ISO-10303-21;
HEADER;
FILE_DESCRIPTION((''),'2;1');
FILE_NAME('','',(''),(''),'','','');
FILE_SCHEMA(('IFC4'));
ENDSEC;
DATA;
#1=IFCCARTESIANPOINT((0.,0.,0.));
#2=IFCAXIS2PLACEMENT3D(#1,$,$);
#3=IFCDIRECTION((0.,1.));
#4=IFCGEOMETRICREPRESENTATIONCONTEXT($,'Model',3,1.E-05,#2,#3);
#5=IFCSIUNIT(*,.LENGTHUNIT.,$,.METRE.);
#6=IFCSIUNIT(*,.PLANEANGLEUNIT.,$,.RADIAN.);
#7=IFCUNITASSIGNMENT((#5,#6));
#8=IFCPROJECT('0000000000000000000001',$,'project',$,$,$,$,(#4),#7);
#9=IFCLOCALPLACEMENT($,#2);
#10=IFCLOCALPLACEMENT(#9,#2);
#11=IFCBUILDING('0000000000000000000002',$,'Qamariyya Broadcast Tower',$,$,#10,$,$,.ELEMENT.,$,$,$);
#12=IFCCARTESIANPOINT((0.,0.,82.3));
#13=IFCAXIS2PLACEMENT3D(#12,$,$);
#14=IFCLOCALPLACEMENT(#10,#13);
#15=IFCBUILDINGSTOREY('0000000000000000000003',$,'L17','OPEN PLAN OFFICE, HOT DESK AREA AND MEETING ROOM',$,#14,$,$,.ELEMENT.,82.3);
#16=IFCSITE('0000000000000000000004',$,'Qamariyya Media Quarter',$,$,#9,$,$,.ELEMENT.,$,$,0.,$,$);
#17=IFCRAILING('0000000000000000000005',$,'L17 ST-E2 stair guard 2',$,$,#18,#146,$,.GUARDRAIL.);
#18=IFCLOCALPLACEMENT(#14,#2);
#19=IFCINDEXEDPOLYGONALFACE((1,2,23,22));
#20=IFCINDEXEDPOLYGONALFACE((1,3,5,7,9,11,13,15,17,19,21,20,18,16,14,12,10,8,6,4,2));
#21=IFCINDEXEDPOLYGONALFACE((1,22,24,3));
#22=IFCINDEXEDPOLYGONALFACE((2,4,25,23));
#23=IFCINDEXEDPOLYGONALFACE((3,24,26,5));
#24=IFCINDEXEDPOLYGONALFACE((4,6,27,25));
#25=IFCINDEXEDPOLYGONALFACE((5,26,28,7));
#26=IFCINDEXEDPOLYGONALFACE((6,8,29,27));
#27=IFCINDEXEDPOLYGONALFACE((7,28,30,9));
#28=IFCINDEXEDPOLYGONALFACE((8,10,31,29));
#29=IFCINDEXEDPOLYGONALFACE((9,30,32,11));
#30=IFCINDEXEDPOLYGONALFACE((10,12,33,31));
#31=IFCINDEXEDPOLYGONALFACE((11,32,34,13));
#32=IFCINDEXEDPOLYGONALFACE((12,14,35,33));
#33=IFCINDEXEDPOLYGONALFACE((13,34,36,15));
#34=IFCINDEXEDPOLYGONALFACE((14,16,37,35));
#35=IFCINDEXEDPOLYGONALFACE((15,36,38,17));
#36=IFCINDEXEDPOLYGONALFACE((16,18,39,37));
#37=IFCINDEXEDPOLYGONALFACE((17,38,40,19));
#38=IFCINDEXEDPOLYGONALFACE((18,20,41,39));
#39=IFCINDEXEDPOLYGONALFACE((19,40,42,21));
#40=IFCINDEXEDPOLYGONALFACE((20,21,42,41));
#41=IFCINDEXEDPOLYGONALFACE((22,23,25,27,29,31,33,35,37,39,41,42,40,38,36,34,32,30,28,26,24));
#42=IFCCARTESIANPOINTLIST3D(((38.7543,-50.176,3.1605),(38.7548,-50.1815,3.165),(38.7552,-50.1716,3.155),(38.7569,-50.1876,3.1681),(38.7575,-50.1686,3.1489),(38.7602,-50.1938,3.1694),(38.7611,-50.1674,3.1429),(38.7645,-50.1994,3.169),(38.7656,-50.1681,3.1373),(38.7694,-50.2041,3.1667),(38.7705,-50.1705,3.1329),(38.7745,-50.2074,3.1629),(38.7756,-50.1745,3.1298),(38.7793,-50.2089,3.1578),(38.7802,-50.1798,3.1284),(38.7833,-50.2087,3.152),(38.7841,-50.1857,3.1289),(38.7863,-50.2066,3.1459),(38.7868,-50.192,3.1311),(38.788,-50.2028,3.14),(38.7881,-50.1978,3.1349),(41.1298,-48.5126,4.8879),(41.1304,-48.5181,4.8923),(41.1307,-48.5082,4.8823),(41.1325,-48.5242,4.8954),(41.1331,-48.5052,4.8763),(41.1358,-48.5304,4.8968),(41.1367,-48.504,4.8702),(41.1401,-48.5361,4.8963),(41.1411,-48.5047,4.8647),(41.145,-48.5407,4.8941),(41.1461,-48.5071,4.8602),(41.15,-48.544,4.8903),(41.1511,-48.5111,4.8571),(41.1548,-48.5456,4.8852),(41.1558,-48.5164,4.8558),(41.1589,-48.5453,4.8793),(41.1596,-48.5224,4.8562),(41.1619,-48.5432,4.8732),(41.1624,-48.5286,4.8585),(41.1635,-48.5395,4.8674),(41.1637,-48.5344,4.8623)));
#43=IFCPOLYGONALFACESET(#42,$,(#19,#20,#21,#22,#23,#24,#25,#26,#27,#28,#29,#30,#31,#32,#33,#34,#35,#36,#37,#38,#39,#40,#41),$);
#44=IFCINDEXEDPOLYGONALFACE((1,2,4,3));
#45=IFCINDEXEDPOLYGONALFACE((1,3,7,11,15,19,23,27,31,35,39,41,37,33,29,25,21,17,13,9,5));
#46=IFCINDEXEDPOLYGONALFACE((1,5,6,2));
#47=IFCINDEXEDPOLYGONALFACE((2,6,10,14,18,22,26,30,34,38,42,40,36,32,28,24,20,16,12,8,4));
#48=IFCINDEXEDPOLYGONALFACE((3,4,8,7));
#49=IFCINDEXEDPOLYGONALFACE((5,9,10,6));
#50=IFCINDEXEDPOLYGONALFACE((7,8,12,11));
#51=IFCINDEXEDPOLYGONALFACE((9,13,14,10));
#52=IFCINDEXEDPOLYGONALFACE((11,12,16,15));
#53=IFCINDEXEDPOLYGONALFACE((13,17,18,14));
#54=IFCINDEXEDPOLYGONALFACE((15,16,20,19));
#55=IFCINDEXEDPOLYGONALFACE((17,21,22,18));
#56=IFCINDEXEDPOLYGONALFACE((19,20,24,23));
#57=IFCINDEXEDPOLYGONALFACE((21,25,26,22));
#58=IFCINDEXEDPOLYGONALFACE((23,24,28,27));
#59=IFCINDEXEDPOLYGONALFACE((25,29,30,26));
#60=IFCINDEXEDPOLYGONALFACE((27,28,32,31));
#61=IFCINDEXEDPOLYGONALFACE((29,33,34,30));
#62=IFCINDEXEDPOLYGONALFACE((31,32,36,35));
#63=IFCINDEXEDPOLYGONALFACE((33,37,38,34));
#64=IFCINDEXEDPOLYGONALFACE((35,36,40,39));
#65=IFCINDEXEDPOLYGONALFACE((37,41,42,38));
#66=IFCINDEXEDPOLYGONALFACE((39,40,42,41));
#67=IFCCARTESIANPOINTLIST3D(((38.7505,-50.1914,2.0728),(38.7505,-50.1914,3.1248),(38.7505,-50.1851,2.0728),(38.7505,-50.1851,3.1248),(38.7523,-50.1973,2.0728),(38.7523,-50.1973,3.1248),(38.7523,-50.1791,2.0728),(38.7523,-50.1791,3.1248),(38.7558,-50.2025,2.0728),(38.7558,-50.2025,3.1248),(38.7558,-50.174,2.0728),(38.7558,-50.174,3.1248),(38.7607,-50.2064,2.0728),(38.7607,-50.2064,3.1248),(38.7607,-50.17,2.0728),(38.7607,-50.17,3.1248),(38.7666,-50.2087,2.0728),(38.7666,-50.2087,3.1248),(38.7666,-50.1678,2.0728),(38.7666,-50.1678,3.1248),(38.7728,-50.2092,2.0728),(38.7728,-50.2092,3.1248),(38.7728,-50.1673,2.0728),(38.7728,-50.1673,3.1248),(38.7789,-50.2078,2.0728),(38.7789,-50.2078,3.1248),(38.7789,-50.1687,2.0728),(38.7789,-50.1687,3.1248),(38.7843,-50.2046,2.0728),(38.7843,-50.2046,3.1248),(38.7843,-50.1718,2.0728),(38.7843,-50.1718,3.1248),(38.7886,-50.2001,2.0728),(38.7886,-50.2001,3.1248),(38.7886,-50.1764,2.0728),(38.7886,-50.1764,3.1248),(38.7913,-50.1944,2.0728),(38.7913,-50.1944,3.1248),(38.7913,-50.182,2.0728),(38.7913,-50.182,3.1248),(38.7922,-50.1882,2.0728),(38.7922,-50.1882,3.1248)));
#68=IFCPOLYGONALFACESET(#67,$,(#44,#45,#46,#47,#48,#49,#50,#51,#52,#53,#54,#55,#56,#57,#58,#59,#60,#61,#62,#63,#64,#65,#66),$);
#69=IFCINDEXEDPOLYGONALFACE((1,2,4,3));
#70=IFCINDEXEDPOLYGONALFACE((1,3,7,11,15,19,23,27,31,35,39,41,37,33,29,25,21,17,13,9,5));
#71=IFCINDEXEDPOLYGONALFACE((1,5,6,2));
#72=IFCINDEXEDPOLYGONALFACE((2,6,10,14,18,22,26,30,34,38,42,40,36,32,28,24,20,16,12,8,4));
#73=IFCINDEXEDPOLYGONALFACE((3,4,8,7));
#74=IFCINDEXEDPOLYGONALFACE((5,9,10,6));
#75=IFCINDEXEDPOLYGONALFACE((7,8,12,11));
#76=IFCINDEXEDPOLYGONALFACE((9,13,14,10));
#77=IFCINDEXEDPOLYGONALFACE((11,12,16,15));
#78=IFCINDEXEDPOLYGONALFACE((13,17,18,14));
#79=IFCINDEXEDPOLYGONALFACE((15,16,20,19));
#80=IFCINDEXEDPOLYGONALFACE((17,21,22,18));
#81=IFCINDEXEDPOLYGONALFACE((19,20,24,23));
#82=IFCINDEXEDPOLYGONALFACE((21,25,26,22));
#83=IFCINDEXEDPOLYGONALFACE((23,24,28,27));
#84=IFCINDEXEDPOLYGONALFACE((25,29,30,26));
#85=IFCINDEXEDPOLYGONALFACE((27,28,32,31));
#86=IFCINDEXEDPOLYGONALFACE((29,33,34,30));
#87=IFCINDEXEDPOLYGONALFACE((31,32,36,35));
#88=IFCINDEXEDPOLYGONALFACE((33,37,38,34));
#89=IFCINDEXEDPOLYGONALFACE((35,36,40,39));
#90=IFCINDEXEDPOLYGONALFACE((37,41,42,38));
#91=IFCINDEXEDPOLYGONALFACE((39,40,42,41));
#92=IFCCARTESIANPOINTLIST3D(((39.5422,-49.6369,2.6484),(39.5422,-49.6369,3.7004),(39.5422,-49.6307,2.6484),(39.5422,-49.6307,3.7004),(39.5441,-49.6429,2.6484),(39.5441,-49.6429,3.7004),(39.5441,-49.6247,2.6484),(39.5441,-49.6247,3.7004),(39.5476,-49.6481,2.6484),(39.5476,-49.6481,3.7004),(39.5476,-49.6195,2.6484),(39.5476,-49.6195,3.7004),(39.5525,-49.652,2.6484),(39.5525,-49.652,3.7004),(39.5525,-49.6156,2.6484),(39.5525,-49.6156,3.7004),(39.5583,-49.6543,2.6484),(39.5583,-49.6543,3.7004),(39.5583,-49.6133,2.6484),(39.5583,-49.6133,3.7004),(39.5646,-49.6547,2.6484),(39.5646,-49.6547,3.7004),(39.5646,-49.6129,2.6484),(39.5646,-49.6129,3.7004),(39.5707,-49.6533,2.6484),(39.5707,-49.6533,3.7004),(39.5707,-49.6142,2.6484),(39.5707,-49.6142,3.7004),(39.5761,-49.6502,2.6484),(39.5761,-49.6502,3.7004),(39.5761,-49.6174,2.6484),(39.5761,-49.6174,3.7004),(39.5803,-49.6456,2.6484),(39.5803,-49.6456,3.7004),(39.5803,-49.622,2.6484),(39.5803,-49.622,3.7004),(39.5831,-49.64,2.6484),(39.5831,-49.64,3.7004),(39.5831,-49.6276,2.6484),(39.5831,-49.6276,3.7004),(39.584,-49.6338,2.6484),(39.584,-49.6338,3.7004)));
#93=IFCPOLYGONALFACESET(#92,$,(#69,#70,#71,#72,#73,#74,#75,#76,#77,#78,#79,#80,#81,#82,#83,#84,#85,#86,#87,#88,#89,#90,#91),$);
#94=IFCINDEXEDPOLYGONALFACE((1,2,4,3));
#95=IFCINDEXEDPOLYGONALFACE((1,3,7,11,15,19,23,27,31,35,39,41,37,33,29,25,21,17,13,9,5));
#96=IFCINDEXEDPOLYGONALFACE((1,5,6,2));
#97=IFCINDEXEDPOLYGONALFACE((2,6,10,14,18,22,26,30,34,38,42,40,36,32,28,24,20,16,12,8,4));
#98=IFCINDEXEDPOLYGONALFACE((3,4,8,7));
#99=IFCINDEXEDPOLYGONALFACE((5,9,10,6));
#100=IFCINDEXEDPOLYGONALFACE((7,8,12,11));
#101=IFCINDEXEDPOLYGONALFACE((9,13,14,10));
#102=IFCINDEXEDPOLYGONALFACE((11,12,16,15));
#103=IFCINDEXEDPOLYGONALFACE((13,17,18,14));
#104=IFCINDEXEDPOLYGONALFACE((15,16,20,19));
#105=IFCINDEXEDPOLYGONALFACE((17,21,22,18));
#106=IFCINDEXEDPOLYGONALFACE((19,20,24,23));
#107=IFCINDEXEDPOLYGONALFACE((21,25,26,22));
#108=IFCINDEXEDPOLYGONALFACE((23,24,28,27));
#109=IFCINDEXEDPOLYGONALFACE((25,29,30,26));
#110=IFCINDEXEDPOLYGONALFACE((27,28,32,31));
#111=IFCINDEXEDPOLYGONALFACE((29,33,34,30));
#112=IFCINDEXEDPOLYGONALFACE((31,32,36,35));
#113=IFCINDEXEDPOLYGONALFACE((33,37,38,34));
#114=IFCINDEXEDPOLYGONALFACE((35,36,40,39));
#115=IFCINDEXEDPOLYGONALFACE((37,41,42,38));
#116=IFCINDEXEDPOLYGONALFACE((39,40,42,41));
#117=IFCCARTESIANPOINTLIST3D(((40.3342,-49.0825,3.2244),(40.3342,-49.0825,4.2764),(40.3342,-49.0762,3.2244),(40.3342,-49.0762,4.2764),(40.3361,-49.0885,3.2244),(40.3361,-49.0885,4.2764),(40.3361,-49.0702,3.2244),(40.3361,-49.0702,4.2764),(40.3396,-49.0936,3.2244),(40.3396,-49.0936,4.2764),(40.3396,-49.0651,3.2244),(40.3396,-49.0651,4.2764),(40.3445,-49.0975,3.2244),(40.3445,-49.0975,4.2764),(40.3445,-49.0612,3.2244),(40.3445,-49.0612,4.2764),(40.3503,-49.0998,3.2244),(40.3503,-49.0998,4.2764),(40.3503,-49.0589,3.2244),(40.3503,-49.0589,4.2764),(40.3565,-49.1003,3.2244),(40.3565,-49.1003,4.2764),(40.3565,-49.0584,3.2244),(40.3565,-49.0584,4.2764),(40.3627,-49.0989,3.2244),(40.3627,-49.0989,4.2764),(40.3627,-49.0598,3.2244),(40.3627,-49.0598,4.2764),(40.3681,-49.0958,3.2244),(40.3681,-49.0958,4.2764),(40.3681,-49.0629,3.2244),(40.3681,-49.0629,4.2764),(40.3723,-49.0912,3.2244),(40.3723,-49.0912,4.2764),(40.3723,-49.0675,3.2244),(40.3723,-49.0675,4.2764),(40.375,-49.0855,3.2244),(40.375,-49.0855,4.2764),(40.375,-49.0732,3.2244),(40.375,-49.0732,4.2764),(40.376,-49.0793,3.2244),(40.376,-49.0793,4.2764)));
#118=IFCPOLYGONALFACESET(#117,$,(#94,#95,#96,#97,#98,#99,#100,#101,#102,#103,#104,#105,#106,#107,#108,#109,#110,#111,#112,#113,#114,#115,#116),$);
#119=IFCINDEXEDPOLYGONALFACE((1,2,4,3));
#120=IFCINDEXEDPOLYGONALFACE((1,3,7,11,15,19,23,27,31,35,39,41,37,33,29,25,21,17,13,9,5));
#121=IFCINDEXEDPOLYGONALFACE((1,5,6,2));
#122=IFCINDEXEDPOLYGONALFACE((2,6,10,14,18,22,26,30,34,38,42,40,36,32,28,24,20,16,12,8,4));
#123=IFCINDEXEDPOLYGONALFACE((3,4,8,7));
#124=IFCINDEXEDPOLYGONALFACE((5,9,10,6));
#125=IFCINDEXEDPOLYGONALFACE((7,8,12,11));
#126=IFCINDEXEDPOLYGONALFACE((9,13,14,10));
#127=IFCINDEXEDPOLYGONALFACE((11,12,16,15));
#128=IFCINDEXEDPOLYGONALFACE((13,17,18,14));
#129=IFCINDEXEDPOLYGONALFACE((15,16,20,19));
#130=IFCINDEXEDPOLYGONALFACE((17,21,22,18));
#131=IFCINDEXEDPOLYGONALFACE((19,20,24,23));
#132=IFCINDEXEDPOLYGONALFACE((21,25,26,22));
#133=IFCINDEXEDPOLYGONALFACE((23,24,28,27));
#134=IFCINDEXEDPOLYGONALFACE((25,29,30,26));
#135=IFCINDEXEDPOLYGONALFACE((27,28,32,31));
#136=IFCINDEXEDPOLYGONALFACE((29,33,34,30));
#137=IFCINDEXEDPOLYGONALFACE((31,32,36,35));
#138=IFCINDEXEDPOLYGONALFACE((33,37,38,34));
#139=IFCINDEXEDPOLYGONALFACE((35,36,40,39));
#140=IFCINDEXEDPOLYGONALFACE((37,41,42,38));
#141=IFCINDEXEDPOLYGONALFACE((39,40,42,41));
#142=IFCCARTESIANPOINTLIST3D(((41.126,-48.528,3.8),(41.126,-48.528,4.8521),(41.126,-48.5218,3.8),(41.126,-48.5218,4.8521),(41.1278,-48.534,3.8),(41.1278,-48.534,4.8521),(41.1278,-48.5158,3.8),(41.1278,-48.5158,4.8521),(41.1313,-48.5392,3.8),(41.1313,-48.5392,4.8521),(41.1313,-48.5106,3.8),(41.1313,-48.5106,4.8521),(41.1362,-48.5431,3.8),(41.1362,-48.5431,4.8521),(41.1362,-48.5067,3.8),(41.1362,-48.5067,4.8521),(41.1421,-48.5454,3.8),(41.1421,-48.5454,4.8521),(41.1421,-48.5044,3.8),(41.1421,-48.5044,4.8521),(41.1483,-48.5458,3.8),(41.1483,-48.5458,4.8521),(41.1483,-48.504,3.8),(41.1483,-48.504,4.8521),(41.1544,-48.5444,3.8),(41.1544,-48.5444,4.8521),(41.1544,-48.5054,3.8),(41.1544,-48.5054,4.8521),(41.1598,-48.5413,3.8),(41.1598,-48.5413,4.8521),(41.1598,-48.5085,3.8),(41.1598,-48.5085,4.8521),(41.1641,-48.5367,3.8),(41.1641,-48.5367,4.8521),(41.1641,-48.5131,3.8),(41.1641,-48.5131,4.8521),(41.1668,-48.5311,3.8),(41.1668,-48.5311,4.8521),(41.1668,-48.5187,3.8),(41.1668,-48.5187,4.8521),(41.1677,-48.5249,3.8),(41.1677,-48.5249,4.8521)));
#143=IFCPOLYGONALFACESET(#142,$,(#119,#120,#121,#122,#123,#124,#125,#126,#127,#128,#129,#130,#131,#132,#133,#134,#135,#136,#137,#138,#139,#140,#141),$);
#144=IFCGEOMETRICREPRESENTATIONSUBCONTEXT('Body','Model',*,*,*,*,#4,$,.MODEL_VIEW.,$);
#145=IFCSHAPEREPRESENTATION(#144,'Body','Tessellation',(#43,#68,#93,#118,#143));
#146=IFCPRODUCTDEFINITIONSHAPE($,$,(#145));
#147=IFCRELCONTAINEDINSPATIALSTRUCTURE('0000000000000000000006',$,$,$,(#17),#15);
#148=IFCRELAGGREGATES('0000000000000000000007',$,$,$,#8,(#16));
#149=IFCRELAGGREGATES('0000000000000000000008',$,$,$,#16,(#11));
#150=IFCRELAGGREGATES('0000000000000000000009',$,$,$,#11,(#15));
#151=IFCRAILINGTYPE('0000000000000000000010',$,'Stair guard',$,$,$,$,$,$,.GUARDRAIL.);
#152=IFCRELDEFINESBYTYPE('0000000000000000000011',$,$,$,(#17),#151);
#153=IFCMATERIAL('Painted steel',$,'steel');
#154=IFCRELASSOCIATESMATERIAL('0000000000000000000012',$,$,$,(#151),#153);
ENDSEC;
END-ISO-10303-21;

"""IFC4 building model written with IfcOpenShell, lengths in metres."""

from ifc_helpers import new_model, si_unit, direction, frame, origin, origin_2d, place, context, subcontext, project, spatial, circle, extrude, material, type_object, element, save


model = new_model("IFC4")

# Units and contexts
model_context = context("Model", 3, precision=1e-05, world=origin(), true_north=direction((0.0, 1.0)))
body_context = subcontext(model_context, "Body", "Model", "MODEL_VIEW")
ifc_project = project(units=[si_unit("LENGTHUNIT", "METRE"), si_unit("PLANEANGLEUNIT", "RADIAN")], contexts=[model_context])

# Site, building, storey
site_placement = place(None, origin())
site = spatial("IfcSite", under=ifc_project, at=site_placement, Name="Qamariyya Media Quarter", CompositionType="ELEMENT", RefElevation=0.0)
building_placement = place(site_placement, origin())
building = spatial("IfcBuilding", under=site, at=building_placement, Name="Qamariyya Broadcast Tower", CompositionType="ELEMENT")
storey_placement = place(building_placement, frame((0.0, 0.0, 82.3)))
storey = spatial("IfcBuildingStorey", under=building, at=storey_placement, Name="L17", Description="OPEN PLAN OFFICE, HOT DESK AREA AND MEETING ROOM", CompositionType="ELEMENT", Elevation=82.3)

# Railing
ifc_material_1 = material(Name="Painted steel", Category="steel")
railing_type_1 = type_object("IfcRailingType", Name="Stair guard", PredefinedType="GUARDRAIL", material=ifc_material_1)
railing_1_placement = place(storey_placement, frame((38.7712, -50.1882, 2.0728)))
element("IfcRailing", 1, at=railing_1_placement, inside=storey, type_object=railing_type_1, Name="L17 ST-E2 stair guard 2", PredefinedType="GUARDRAIL", context=body_context, shape_type="SweptSolid", body=[
    extrude(circle(Radius=0.0239, at=origin_2d()), frame((0.0, 0.0, 1.0762), z_axis=(0.70377, 0.492784, 0.511734), x_axis=(-0.573575, 0.819153, 0.0)), (0.0, 0.0, 1.0), 3.3755),
    extrude(circle(Radius=0.021, at=origin_2d()), origin(), (0.0, 0.0, 1.0), 1.052),
    extrude(circle(Radius=0.021, at=origin_2d()), frame((0.7917, 0.5544, 0.5757)), (0.0, 0.0, 1.0), 1.052),
    extrude(circle(Radius=0.021, at=origin_2d()), frame((1.5837, 1.1089, 1.1516)), (0.0, 0.0, 1.0), 1.052),
    extrude(circle(Radius=0.021, at=origin_2d()), frame((2.3755, 1.6633, 1.7273)), (0.0, 0.0, 1.0), 1.052),
])

save(model, "model.ifc")
